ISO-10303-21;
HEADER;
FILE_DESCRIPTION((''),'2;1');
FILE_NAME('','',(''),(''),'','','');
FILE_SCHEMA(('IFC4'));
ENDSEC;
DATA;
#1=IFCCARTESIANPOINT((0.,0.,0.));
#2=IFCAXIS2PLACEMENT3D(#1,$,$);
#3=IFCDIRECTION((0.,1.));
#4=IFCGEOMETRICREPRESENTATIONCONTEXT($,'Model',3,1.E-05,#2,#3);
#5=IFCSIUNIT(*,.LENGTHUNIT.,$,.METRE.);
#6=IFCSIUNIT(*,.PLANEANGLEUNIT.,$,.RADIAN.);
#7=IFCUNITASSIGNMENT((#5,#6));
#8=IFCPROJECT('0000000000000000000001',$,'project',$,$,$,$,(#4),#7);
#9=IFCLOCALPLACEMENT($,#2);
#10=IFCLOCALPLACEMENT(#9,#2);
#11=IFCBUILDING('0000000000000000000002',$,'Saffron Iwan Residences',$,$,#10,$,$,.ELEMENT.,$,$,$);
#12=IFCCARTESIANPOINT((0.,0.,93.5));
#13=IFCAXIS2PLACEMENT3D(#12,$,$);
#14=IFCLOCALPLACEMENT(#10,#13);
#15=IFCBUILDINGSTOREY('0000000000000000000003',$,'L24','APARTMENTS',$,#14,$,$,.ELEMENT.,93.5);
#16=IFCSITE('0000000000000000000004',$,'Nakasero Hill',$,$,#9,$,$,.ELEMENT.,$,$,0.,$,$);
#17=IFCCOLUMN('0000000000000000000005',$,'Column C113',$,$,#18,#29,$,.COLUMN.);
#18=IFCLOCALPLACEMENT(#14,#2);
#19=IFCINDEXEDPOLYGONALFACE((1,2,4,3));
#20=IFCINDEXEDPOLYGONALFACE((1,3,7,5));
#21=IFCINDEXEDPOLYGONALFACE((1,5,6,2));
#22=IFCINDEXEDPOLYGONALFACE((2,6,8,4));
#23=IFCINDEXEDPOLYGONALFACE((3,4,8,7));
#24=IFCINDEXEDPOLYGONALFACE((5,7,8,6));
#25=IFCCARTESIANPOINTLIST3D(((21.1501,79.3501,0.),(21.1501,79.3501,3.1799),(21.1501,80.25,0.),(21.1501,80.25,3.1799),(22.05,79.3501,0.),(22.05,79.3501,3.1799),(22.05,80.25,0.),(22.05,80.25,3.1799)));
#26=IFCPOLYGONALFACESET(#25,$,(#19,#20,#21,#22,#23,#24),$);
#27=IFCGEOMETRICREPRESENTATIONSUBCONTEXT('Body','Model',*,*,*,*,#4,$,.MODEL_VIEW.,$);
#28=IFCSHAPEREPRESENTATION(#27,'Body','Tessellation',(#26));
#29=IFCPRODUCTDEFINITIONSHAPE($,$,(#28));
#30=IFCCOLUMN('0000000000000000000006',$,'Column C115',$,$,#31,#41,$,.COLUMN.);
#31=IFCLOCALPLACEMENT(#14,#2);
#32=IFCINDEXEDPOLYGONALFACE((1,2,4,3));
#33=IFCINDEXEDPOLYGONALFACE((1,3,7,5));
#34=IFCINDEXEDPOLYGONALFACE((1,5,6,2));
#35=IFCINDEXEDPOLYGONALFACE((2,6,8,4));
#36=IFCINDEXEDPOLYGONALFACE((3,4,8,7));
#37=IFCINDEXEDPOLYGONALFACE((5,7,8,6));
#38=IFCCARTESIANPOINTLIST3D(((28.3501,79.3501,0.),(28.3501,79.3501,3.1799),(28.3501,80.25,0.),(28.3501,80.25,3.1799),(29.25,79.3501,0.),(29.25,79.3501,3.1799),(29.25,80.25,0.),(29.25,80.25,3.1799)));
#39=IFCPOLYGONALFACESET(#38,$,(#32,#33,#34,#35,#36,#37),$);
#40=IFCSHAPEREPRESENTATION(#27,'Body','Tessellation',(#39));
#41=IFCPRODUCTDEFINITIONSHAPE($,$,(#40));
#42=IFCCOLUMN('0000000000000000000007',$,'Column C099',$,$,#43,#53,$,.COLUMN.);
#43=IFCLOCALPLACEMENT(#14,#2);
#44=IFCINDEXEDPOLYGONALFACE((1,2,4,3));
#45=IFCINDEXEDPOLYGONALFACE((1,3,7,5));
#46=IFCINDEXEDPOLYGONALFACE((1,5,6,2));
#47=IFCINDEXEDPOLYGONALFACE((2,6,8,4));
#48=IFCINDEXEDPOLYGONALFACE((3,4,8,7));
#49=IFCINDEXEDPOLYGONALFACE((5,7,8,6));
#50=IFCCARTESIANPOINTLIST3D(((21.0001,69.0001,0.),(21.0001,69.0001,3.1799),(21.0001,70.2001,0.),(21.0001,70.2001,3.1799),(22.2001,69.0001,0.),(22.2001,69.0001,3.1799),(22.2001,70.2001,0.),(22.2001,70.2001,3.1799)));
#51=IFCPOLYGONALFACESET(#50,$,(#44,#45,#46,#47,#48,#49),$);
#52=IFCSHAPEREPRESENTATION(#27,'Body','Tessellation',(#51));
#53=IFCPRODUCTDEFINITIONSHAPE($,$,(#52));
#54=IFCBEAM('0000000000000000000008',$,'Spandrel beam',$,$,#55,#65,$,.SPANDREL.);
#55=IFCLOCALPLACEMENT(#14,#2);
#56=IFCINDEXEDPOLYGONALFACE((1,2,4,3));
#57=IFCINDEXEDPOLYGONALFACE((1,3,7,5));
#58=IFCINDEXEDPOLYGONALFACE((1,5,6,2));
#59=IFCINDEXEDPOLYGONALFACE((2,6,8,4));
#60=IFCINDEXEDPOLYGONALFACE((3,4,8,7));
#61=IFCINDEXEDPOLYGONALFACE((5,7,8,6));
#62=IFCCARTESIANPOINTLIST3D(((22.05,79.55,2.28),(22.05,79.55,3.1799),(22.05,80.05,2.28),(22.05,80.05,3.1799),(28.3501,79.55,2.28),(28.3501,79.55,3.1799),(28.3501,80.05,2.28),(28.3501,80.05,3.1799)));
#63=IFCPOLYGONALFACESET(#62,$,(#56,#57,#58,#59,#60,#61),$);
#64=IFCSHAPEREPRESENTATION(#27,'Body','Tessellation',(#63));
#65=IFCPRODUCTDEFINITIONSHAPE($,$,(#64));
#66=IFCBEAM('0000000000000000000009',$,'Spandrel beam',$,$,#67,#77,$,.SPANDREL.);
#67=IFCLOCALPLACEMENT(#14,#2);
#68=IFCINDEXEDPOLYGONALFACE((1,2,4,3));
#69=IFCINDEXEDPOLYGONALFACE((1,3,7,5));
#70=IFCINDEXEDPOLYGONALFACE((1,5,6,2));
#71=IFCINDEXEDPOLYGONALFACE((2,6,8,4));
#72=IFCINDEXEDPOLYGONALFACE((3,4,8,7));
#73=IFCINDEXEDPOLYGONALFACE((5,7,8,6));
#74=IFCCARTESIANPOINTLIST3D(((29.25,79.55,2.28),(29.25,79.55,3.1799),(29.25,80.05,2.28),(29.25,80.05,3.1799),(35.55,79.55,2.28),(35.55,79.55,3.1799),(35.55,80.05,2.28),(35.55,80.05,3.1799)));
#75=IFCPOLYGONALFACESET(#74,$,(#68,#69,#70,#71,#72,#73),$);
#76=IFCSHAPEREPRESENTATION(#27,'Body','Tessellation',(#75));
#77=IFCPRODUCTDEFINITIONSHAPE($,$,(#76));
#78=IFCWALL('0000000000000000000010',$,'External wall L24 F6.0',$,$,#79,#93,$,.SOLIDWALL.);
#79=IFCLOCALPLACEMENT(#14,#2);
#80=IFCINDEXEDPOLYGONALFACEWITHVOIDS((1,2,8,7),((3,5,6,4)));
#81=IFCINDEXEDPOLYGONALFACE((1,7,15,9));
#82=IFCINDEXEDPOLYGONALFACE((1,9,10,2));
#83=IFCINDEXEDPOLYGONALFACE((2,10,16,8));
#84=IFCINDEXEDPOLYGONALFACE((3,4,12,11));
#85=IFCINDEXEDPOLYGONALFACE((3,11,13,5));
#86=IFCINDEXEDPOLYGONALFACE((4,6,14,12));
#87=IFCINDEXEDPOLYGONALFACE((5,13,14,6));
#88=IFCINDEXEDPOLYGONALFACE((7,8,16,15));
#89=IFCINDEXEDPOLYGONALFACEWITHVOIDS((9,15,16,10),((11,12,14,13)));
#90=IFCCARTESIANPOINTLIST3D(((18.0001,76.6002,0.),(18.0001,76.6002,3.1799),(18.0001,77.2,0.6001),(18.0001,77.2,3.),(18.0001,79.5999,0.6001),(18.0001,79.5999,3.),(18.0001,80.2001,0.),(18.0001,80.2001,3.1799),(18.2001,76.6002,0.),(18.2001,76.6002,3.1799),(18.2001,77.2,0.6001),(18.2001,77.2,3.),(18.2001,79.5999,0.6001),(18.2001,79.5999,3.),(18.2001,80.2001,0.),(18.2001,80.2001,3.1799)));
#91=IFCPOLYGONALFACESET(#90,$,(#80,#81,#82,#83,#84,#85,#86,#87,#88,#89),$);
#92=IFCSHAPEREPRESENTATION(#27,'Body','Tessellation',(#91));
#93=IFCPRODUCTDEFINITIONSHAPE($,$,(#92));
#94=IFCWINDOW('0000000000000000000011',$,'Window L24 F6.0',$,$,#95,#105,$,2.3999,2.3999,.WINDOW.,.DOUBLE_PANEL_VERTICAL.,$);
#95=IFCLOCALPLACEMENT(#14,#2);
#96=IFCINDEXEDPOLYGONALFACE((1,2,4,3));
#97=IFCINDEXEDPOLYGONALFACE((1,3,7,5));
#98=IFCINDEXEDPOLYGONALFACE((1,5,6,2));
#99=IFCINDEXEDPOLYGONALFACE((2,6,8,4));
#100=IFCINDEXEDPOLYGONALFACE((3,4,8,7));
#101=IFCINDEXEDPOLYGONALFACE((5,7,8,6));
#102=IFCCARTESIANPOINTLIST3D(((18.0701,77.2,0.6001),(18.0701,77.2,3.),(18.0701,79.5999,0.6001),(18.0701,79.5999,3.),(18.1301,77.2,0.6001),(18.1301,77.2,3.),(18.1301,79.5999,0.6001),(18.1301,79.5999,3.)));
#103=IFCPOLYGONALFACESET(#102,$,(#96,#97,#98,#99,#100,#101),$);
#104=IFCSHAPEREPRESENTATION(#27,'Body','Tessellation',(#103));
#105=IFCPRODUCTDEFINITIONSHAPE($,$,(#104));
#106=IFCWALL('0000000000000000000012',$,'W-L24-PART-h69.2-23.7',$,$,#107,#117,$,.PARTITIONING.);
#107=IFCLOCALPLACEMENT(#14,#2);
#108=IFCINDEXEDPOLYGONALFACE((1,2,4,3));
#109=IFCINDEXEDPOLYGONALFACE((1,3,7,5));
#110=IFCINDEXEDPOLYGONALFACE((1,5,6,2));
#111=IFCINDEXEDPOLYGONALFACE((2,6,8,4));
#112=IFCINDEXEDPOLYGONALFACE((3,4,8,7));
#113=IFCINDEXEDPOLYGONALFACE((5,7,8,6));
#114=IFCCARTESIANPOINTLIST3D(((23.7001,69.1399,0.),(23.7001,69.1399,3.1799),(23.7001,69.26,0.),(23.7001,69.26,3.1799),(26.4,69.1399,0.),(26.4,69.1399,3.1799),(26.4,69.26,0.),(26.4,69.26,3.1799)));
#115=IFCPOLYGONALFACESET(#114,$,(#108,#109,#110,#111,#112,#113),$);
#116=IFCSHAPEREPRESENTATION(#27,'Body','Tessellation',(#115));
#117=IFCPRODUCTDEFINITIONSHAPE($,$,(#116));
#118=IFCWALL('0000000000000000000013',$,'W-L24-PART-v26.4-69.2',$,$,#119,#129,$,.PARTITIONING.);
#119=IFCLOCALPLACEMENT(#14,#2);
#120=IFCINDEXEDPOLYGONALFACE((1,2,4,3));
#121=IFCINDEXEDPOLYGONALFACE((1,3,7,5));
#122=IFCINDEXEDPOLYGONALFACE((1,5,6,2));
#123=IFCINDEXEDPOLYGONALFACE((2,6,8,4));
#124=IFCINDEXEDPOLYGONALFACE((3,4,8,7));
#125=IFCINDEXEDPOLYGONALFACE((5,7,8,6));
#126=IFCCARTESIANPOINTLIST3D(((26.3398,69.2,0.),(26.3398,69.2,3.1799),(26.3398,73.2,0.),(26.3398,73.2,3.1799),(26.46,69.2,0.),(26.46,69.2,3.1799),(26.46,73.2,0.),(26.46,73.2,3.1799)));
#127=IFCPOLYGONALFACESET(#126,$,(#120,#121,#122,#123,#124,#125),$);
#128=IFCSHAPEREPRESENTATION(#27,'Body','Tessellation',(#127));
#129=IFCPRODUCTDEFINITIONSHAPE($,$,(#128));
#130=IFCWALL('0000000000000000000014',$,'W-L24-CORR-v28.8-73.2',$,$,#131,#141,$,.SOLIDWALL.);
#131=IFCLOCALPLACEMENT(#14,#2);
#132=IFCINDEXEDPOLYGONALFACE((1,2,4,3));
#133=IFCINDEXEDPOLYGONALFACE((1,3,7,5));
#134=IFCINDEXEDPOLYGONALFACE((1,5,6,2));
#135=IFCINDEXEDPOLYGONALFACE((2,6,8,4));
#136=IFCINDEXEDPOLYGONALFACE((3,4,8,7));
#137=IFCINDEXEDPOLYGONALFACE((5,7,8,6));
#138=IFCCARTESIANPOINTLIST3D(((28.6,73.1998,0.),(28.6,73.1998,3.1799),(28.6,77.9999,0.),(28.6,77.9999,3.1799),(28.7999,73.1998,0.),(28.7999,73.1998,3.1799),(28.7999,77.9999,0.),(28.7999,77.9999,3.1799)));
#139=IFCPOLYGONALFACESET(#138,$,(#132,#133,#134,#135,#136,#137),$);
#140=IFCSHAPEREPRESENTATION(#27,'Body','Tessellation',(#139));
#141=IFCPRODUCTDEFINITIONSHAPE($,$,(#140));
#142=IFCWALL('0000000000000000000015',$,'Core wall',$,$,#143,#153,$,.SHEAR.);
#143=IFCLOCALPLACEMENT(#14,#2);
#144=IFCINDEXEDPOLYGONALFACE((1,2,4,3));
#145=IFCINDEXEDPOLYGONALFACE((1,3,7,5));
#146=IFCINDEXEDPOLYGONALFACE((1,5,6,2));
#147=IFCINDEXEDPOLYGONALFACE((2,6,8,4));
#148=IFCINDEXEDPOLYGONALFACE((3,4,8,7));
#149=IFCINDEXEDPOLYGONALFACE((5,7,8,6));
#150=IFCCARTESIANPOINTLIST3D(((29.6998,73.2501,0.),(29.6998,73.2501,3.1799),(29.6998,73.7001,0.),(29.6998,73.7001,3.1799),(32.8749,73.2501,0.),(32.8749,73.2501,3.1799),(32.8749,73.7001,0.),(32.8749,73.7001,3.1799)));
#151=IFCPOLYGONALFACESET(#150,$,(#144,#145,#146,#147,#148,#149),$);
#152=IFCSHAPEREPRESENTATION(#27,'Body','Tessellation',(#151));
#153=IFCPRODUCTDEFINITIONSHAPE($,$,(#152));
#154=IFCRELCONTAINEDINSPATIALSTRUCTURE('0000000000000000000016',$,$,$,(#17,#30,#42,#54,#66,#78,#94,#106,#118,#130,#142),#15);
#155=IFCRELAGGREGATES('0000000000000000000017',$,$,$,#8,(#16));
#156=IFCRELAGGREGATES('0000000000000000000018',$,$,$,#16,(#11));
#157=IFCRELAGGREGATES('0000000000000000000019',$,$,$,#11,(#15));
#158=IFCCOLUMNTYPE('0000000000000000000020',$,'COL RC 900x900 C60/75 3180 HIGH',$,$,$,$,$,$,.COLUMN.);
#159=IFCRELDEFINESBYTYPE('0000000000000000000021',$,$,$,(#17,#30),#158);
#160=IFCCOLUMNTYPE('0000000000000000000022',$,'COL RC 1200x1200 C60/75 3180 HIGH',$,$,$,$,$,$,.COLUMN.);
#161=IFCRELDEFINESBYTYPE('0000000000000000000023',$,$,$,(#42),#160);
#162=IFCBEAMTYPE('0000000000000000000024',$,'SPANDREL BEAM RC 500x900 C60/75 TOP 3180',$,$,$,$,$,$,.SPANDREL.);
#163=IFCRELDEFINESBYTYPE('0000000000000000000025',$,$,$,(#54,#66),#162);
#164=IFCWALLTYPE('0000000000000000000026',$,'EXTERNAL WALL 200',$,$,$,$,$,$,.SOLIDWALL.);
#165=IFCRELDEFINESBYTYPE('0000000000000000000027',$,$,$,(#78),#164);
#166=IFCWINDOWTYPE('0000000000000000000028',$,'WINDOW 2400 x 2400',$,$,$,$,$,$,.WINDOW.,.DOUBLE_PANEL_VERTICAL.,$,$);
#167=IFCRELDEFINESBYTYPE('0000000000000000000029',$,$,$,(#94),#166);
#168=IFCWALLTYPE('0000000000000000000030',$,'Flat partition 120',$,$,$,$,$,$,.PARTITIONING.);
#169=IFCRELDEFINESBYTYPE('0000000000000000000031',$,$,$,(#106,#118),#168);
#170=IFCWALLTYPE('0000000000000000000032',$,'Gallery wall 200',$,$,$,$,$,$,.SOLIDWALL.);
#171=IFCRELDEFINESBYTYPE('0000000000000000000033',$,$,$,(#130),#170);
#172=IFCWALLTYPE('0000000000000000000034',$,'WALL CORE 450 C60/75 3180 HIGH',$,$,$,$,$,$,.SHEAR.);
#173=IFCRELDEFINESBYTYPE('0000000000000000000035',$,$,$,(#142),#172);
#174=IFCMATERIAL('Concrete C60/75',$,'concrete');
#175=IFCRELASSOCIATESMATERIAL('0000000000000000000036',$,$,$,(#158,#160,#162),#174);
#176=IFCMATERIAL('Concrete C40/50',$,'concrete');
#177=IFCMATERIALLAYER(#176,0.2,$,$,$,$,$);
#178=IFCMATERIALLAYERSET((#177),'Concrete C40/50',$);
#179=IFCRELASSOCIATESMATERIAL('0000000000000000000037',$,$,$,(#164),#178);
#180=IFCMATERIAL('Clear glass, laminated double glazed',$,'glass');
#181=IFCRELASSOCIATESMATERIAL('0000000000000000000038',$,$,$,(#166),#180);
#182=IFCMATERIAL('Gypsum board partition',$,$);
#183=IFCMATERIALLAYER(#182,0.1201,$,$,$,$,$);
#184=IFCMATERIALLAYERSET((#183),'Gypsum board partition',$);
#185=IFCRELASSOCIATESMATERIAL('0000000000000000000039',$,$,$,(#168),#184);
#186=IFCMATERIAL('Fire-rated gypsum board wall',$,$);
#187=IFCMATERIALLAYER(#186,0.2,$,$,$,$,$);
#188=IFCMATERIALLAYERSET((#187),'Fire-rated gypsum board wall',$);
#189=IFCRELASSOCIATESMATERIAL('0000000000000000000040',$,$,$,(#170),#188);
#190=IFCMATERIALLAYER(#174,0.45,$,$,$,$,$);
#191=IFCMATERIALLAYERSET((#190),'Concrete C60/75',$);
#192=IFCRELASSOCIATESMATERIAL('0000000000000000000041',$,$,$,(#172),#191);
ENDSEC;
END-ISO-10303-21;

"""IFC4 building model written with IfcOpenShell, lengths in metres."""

from ifc_helpers import new_model, si_unit, direction, frame, frame_2d, origin, origin_2d, place, context, subcontext, project, spatial, rectangle, extrude, source, transform, mapped, material, layer, layer_set, material_profile, profile_set, type_object, element, fill, save


model = new_model("IFC4")

# Units and contexts
model_context = context("Model", 3, precision=1e-05, world=origin(), true_north=direction((0.0, 1.0)))
body_context = subcontext(model_context, "Body", "Model", "MODEL_VIEW")
ifc_project = project(units=[si_unit("LENGTHUNIT", "METRE"), si_unit("PLANEANGLEUNIT", "RADIAN")], contexts=[model_context])

# Site, building, storey
site_placement = place(None, origin())
site = spatial("IfcSite", under=ifc_project, at=site_placement, Name="Nakasero Hill", CompositionType="ELEMENT", RefElevation=0.0)
building_placement = place(site_placement, origin())
building = spatial("IfcBuilding", under=site, at=building_placement, Name="Saffron Iwan Residences", CompositionType="ELEMENT")
storey_placement = place(building_placement, frame((0.0, 0.0, 93.5)))
storey = spatial("IfcBuildingStorey", under=building, at=storey_placement, Name="L24", Description="APARTMENTS", CompositionType="ELEMENT", Elevation=93.5)

# Columns
ifc_material_1 = material(Name="Concrete C60/75", Category="concrete")
ifc_material_profile_1 = material_profile(ifc_material_1, rectangle(XDim=0.8999, YDim=0.8999, at=origin_2d()), Name="RC 900x900")
ifc_profile_set_1 = profile_set([ifc_material_profile_1], Name="Concrete C60/75")
column_type_1 = type_object("IfcColumnType", Name="COL RC 900x900 C60/75 3180 HIGH", PredefinedType="COLUMN", material=ifc_profile_set_1)
shared_shape_1 = source(origin(), body_context, "Body", "SweptSolid", [
    extrude(rectangle(XDim=0.8999, YDim=0.8999, at=origin_2d()), origin(), (0.0, 0.0, 1.0), 3.1799),
])
for number, where, z_axis, x_axis, name in (
    (1, (21.6001, 79.8, 0.0), (0.0, 0.0, 1.0), (1.0, 0.0, 0.0), "Column C113"),
    (2, (28.8, 79.8, 0.0), (0.0, 0.0, 1.0), (1.0, 0.0, 0.0), "Column C115"),
):
    element("IfcColumn", number, at=place(storey_placement, frame(where, z_axis=z_axis, x_axis=x_axis)), inside=storey, type_object=column_type_1, Name=name, PredefinedType="COLUMN", context=body_context, shape_type="MappedRepresentation", body=[
        mapped(shared_shape_1, transform((0.0, 0.0, 0.0))),
    ])
ifc_material_profile_2 = material_profile(ifc_material_1, rectangle(XDim=1.2, YDim=1.2, at=origin_2d()), Name="RC 1200x1200")
ifc_profile_set_2 = profile_set([ifc_material_profile_2], Name="Concrete C60/75")
column_type_2 = type_object("IfcColumnType", Name="COL RC 1200x1200 C60/75 3180 HIGH", PredefinedType="COLUMN", material=ifc_profile_set_2)
shared_shape_2 = source(origin(), body_context, "Body", "SweptSolid", [
    extrude(rectangle(XDim=1.2, YDim=1.2, at=origin_2d()), origin(), (0.0, 0.0, 1.0), 3.1799),
])
column_placement = place(storey_placement, frame((21.6001, 69.6001, 0.0), z_axis=(0.0, 0.0, 1.0), x_axis=(1.0, 0.0, 0.0)))
element("IfcColumn", 3, at=column_placement, inside=storey, type_object=column_type_2, Name="Column C099", PredefinedType="COLUMN", context=body_context, shape_type="MappedRepresentation", body=[
    mapped(shared_shape_2, transform((0.0, 0.0, 0.0))),
])

# Beams
ifc_material_profile_3 = material_profile(ifc_material_1, rectangle(XDim=0.5, YDim=0.8999, at=origin_2d()), Name="RC 500x900")
ifc_profile_set_3 = profile_set([ifc_material_profile_3], Name="Concrete C60/75")
beam_type = type_object("IfcBeamType", Name="SPANDREL BEAM RC 500x900 C60/75 TOP 3180", PredefinedType="SPANDREL", material=ifc_profile_set_3)
shared_shape_3 = source(origin(), body_context, "Body", "SweptSolid", [
    extrude(rectangle(XDim=0.5, YDim=0.8999, at=origin_2d()), origin(), (0.0, 0.0, 1.0), 6.3),
])
for number, where, z_axis, x_axis, name in (
    (4, (22.05, 79.8, 2.73), (1.0, 0.0, 0.0), (0.0, 1.0, 0.0), "Spandrel beam"),
    (5, (29.25, 79.8, 2.73), (1.0, 0.0, 0.0), (0.0, 1.0, 0.0), "Spandrel beam"),
):
    element("IfcBeam", number, at=place(storey_placement, frame(where, z_axis=z_axis, x_axis=x_axis)), inside=storey, type_object=beam_type, Name=name, PredefinedType="SPANDREL", context=body_context, shape_type="MappedRepresentation", body=[
        mapped(shared_shape_3, transform((0.0, 0.0, 0.0))),
    ])

# Wall, opening, window
ifc_material_2 = material(Name="Concrete C40/50", Category="concrete")
ifc_layer_1 = layer(ifc_material_2, 0.2)
ifc_layer_set_1 = layer_set([ifc_layer_1], Name="Concrete C40/50")
wall_type_1 = type_object("IfcWallType", Name="EXTERNAL WALL 200", PredefinedType="SOLIDWALL", material=ifc_layer_set_1)
wall_1_placement = place(storey_placement, frame((18.1001, 80.2, 0.0), z_axis=(0.0, 0.0, 1.0), x_axis=(0.0, -1.0, 0.0)))
wall_1 = element("IfcWall", 6, at=wall_1_placement, inside=storey, type_object=wall_type_1, Name="External wall L24 F6.0", PredefinedType="SOLIDWALL", context=body_context, shape_type="SweptSolid", body=[
    extrude(rectangle(XDim=3.5999, YDim=0.2, at=frame_2d((1.7998, 0.0))), origin(), (0.0, 0.0, 1.0), 3.1799),
])
opening_placement = place(wall_1_placement, frame((0.6001, 0.0, 0.6001)))
opening = element("IfcOpeningElement", 7, at=opening_placement, cuts=wall_1, PredefinedType="OPENING", context=body_context, shape_type="SweptSolid", body=[
    extrude(rectangle(XDim=2.3999, YDim=2.3999, at=frame_2d((1.2, 1.2))), frame((0.0, 0.1099, 0.0), z_axis=(0.0, -1.0, 0.0), x_axis=(1.0, 0.0, 0.0)), (0.0, 0.0, 1.0), 0.22),
])
ifc_material_3 = material(Name="Clear glass, laminated double glazed", Category="glass")
window_type = type_object("IfcWindowType", Name="WINDOW 2400 x 2400", PartitioningType="DOUBLE_PANEL_VERTICAL", PredefinedType="WINDOW", material=ifc_material_3)
window_placement = place(opening_placement, origin())
window = element("IfcWindow", 8, at=window_placement, inside=storey, type_object=window_type, Name="Window L24 F6.0", OverallHeight=2.3999, OverallWidth=2.3999, PartitioningType="DOUBLE_PANEL_VERTICAL", PredefinedType="WINDOW", context=body_context, shape_type="SweptSolid", body=[
    extrude(rectangle(XDim=2.3999, YDim=2.3999, at=frame_2d((1.2, 1.2))), frame((0.0, 0.03, 0.0), z_axis=(0.0, -1.0, 0.0), x_axis=(1.0, 0.0, 0.0)), (0.0, 0.0, 1.0), 0.0601),
])
fill(opening, window)

# Walls
ifc_material_4 = material(Name="Gypsum board partition")
ifc_layer_2 = layer(ifc_material_4, 0.1201)
ifc_layer_set_2 = layer_set([ifc_layer_2], Name="Gypsum board partition")
wall_type_2 = type_object("IfcWallType", Name="Flat partition 120", PredefinedType="PARTITIONING", material=ifc_layer_set_2)
wall_2_placement = place(storey_placement, frame((23.7, 69.2, 0.0), z_axis=(0.0, 0.0, 1.0), x_axis=(1.0, 0.0, 0.0)))
element("IfcWall", 9, at=wall_2_placement, inside=storey, type_object=wall_type_2, Name="W-L24-PART-h69.2-23.7", PredefinedType="PARTITIONING", context=body_context, shape_type="SweptSolid", body=[
    extrude(rectangle(XDim=2.7, YDim=0.1201, at=frame_2d((1.3501, 0.0))), origin(), (0.0, 0.0, 1.0), 3.1799),
])
wall_3_placement = place(storey_placement, frame((26.3999, 69.2, 0.0), z_axis=(0.0, 0.0, 1.0), x_axis=(0.0, 1.0, 0.0)))
element("IfcWall", 10, at=wall_3_placement, inside=storey, type_object=wall_type_2, Name="W-L24-PART-v26.4-69.2", PredefinedType="PARTITIONING", context=body_context, shape_type="SweptSolid", body=[
    extrude(rectangle(XDim=4.0, YDim=0.1201, at=frame_2d((2.0, 0.0))), origin(), (0.0, 0.0, 1.0), 3.1799),
])
ifc_material_5 = material(Name="Fire-rated gypsum board wall")
ifc_layer_3 = layer(ifc_material_5, 0.2)
ifc_layer_set_3 = layer_set([ifc_layer_3], Name="Fire-rated gypsum board wall")
wall_type_3 = type_object("IfcWallType", Name="Gallery wall 200", PredefinedType="SOLIDWALL", material=ifc_layer_set_3)
wall_4_placement = place(storey_placement, frame((28.7, 73.2, 0.0), z_axis=(0.0, 0.0, 1.0), x_axis=(0.0, 1.0, 0.0)))
element("IfcWall", 11, at=wall_4_placement, inside=storey, type_object=wall_type_3, Name="W-L24-CORR-v28.8-73.2", PredefinedType="SOLIDWALL", context=body_context, shape_type="SweptSolid", body=[
    extrude(rectangle(XDim=4.8, YDim=0.2, at=frame_2d((2.3999, 0.0))), origin(), (0.0, 0.0, 1.0), 3.1799),
])
ifc_layer_4 = layer(ifc_material_1, 0.45)
ifc_layer_set_4 = layer_set([ifc_layer_4], Name="Concrete C60/75")
wall_type_4 = type_object("IfcWallType", Name="WALL CORE 450 C60/75 3180 HIGH", PredefinedType="SHEAR", material=ifc_layer_set_4)
wall_5_placement = place(storey_placement, frame((29.7, 73.4751, 0.0), z_axis=(0.0, 0.0, 1.0), x_axis=(1.0, 0.0, 0.0)))
element("IfcWall", 12, at=wall_5_placement, inside=storey, type_object=wall_type_4, Name="Core wall", PredefinedType="SHEAR", context=body_context, shape_type="SweptSolid", body=[
    extrude(rectangle(XDim=3.175, YDim=0.45, at=frame_2d((1.5874, 0.0))), origin(), (0.0, 0.0, 1.0), 3.1799),
])

save(model, "model.ifc")
